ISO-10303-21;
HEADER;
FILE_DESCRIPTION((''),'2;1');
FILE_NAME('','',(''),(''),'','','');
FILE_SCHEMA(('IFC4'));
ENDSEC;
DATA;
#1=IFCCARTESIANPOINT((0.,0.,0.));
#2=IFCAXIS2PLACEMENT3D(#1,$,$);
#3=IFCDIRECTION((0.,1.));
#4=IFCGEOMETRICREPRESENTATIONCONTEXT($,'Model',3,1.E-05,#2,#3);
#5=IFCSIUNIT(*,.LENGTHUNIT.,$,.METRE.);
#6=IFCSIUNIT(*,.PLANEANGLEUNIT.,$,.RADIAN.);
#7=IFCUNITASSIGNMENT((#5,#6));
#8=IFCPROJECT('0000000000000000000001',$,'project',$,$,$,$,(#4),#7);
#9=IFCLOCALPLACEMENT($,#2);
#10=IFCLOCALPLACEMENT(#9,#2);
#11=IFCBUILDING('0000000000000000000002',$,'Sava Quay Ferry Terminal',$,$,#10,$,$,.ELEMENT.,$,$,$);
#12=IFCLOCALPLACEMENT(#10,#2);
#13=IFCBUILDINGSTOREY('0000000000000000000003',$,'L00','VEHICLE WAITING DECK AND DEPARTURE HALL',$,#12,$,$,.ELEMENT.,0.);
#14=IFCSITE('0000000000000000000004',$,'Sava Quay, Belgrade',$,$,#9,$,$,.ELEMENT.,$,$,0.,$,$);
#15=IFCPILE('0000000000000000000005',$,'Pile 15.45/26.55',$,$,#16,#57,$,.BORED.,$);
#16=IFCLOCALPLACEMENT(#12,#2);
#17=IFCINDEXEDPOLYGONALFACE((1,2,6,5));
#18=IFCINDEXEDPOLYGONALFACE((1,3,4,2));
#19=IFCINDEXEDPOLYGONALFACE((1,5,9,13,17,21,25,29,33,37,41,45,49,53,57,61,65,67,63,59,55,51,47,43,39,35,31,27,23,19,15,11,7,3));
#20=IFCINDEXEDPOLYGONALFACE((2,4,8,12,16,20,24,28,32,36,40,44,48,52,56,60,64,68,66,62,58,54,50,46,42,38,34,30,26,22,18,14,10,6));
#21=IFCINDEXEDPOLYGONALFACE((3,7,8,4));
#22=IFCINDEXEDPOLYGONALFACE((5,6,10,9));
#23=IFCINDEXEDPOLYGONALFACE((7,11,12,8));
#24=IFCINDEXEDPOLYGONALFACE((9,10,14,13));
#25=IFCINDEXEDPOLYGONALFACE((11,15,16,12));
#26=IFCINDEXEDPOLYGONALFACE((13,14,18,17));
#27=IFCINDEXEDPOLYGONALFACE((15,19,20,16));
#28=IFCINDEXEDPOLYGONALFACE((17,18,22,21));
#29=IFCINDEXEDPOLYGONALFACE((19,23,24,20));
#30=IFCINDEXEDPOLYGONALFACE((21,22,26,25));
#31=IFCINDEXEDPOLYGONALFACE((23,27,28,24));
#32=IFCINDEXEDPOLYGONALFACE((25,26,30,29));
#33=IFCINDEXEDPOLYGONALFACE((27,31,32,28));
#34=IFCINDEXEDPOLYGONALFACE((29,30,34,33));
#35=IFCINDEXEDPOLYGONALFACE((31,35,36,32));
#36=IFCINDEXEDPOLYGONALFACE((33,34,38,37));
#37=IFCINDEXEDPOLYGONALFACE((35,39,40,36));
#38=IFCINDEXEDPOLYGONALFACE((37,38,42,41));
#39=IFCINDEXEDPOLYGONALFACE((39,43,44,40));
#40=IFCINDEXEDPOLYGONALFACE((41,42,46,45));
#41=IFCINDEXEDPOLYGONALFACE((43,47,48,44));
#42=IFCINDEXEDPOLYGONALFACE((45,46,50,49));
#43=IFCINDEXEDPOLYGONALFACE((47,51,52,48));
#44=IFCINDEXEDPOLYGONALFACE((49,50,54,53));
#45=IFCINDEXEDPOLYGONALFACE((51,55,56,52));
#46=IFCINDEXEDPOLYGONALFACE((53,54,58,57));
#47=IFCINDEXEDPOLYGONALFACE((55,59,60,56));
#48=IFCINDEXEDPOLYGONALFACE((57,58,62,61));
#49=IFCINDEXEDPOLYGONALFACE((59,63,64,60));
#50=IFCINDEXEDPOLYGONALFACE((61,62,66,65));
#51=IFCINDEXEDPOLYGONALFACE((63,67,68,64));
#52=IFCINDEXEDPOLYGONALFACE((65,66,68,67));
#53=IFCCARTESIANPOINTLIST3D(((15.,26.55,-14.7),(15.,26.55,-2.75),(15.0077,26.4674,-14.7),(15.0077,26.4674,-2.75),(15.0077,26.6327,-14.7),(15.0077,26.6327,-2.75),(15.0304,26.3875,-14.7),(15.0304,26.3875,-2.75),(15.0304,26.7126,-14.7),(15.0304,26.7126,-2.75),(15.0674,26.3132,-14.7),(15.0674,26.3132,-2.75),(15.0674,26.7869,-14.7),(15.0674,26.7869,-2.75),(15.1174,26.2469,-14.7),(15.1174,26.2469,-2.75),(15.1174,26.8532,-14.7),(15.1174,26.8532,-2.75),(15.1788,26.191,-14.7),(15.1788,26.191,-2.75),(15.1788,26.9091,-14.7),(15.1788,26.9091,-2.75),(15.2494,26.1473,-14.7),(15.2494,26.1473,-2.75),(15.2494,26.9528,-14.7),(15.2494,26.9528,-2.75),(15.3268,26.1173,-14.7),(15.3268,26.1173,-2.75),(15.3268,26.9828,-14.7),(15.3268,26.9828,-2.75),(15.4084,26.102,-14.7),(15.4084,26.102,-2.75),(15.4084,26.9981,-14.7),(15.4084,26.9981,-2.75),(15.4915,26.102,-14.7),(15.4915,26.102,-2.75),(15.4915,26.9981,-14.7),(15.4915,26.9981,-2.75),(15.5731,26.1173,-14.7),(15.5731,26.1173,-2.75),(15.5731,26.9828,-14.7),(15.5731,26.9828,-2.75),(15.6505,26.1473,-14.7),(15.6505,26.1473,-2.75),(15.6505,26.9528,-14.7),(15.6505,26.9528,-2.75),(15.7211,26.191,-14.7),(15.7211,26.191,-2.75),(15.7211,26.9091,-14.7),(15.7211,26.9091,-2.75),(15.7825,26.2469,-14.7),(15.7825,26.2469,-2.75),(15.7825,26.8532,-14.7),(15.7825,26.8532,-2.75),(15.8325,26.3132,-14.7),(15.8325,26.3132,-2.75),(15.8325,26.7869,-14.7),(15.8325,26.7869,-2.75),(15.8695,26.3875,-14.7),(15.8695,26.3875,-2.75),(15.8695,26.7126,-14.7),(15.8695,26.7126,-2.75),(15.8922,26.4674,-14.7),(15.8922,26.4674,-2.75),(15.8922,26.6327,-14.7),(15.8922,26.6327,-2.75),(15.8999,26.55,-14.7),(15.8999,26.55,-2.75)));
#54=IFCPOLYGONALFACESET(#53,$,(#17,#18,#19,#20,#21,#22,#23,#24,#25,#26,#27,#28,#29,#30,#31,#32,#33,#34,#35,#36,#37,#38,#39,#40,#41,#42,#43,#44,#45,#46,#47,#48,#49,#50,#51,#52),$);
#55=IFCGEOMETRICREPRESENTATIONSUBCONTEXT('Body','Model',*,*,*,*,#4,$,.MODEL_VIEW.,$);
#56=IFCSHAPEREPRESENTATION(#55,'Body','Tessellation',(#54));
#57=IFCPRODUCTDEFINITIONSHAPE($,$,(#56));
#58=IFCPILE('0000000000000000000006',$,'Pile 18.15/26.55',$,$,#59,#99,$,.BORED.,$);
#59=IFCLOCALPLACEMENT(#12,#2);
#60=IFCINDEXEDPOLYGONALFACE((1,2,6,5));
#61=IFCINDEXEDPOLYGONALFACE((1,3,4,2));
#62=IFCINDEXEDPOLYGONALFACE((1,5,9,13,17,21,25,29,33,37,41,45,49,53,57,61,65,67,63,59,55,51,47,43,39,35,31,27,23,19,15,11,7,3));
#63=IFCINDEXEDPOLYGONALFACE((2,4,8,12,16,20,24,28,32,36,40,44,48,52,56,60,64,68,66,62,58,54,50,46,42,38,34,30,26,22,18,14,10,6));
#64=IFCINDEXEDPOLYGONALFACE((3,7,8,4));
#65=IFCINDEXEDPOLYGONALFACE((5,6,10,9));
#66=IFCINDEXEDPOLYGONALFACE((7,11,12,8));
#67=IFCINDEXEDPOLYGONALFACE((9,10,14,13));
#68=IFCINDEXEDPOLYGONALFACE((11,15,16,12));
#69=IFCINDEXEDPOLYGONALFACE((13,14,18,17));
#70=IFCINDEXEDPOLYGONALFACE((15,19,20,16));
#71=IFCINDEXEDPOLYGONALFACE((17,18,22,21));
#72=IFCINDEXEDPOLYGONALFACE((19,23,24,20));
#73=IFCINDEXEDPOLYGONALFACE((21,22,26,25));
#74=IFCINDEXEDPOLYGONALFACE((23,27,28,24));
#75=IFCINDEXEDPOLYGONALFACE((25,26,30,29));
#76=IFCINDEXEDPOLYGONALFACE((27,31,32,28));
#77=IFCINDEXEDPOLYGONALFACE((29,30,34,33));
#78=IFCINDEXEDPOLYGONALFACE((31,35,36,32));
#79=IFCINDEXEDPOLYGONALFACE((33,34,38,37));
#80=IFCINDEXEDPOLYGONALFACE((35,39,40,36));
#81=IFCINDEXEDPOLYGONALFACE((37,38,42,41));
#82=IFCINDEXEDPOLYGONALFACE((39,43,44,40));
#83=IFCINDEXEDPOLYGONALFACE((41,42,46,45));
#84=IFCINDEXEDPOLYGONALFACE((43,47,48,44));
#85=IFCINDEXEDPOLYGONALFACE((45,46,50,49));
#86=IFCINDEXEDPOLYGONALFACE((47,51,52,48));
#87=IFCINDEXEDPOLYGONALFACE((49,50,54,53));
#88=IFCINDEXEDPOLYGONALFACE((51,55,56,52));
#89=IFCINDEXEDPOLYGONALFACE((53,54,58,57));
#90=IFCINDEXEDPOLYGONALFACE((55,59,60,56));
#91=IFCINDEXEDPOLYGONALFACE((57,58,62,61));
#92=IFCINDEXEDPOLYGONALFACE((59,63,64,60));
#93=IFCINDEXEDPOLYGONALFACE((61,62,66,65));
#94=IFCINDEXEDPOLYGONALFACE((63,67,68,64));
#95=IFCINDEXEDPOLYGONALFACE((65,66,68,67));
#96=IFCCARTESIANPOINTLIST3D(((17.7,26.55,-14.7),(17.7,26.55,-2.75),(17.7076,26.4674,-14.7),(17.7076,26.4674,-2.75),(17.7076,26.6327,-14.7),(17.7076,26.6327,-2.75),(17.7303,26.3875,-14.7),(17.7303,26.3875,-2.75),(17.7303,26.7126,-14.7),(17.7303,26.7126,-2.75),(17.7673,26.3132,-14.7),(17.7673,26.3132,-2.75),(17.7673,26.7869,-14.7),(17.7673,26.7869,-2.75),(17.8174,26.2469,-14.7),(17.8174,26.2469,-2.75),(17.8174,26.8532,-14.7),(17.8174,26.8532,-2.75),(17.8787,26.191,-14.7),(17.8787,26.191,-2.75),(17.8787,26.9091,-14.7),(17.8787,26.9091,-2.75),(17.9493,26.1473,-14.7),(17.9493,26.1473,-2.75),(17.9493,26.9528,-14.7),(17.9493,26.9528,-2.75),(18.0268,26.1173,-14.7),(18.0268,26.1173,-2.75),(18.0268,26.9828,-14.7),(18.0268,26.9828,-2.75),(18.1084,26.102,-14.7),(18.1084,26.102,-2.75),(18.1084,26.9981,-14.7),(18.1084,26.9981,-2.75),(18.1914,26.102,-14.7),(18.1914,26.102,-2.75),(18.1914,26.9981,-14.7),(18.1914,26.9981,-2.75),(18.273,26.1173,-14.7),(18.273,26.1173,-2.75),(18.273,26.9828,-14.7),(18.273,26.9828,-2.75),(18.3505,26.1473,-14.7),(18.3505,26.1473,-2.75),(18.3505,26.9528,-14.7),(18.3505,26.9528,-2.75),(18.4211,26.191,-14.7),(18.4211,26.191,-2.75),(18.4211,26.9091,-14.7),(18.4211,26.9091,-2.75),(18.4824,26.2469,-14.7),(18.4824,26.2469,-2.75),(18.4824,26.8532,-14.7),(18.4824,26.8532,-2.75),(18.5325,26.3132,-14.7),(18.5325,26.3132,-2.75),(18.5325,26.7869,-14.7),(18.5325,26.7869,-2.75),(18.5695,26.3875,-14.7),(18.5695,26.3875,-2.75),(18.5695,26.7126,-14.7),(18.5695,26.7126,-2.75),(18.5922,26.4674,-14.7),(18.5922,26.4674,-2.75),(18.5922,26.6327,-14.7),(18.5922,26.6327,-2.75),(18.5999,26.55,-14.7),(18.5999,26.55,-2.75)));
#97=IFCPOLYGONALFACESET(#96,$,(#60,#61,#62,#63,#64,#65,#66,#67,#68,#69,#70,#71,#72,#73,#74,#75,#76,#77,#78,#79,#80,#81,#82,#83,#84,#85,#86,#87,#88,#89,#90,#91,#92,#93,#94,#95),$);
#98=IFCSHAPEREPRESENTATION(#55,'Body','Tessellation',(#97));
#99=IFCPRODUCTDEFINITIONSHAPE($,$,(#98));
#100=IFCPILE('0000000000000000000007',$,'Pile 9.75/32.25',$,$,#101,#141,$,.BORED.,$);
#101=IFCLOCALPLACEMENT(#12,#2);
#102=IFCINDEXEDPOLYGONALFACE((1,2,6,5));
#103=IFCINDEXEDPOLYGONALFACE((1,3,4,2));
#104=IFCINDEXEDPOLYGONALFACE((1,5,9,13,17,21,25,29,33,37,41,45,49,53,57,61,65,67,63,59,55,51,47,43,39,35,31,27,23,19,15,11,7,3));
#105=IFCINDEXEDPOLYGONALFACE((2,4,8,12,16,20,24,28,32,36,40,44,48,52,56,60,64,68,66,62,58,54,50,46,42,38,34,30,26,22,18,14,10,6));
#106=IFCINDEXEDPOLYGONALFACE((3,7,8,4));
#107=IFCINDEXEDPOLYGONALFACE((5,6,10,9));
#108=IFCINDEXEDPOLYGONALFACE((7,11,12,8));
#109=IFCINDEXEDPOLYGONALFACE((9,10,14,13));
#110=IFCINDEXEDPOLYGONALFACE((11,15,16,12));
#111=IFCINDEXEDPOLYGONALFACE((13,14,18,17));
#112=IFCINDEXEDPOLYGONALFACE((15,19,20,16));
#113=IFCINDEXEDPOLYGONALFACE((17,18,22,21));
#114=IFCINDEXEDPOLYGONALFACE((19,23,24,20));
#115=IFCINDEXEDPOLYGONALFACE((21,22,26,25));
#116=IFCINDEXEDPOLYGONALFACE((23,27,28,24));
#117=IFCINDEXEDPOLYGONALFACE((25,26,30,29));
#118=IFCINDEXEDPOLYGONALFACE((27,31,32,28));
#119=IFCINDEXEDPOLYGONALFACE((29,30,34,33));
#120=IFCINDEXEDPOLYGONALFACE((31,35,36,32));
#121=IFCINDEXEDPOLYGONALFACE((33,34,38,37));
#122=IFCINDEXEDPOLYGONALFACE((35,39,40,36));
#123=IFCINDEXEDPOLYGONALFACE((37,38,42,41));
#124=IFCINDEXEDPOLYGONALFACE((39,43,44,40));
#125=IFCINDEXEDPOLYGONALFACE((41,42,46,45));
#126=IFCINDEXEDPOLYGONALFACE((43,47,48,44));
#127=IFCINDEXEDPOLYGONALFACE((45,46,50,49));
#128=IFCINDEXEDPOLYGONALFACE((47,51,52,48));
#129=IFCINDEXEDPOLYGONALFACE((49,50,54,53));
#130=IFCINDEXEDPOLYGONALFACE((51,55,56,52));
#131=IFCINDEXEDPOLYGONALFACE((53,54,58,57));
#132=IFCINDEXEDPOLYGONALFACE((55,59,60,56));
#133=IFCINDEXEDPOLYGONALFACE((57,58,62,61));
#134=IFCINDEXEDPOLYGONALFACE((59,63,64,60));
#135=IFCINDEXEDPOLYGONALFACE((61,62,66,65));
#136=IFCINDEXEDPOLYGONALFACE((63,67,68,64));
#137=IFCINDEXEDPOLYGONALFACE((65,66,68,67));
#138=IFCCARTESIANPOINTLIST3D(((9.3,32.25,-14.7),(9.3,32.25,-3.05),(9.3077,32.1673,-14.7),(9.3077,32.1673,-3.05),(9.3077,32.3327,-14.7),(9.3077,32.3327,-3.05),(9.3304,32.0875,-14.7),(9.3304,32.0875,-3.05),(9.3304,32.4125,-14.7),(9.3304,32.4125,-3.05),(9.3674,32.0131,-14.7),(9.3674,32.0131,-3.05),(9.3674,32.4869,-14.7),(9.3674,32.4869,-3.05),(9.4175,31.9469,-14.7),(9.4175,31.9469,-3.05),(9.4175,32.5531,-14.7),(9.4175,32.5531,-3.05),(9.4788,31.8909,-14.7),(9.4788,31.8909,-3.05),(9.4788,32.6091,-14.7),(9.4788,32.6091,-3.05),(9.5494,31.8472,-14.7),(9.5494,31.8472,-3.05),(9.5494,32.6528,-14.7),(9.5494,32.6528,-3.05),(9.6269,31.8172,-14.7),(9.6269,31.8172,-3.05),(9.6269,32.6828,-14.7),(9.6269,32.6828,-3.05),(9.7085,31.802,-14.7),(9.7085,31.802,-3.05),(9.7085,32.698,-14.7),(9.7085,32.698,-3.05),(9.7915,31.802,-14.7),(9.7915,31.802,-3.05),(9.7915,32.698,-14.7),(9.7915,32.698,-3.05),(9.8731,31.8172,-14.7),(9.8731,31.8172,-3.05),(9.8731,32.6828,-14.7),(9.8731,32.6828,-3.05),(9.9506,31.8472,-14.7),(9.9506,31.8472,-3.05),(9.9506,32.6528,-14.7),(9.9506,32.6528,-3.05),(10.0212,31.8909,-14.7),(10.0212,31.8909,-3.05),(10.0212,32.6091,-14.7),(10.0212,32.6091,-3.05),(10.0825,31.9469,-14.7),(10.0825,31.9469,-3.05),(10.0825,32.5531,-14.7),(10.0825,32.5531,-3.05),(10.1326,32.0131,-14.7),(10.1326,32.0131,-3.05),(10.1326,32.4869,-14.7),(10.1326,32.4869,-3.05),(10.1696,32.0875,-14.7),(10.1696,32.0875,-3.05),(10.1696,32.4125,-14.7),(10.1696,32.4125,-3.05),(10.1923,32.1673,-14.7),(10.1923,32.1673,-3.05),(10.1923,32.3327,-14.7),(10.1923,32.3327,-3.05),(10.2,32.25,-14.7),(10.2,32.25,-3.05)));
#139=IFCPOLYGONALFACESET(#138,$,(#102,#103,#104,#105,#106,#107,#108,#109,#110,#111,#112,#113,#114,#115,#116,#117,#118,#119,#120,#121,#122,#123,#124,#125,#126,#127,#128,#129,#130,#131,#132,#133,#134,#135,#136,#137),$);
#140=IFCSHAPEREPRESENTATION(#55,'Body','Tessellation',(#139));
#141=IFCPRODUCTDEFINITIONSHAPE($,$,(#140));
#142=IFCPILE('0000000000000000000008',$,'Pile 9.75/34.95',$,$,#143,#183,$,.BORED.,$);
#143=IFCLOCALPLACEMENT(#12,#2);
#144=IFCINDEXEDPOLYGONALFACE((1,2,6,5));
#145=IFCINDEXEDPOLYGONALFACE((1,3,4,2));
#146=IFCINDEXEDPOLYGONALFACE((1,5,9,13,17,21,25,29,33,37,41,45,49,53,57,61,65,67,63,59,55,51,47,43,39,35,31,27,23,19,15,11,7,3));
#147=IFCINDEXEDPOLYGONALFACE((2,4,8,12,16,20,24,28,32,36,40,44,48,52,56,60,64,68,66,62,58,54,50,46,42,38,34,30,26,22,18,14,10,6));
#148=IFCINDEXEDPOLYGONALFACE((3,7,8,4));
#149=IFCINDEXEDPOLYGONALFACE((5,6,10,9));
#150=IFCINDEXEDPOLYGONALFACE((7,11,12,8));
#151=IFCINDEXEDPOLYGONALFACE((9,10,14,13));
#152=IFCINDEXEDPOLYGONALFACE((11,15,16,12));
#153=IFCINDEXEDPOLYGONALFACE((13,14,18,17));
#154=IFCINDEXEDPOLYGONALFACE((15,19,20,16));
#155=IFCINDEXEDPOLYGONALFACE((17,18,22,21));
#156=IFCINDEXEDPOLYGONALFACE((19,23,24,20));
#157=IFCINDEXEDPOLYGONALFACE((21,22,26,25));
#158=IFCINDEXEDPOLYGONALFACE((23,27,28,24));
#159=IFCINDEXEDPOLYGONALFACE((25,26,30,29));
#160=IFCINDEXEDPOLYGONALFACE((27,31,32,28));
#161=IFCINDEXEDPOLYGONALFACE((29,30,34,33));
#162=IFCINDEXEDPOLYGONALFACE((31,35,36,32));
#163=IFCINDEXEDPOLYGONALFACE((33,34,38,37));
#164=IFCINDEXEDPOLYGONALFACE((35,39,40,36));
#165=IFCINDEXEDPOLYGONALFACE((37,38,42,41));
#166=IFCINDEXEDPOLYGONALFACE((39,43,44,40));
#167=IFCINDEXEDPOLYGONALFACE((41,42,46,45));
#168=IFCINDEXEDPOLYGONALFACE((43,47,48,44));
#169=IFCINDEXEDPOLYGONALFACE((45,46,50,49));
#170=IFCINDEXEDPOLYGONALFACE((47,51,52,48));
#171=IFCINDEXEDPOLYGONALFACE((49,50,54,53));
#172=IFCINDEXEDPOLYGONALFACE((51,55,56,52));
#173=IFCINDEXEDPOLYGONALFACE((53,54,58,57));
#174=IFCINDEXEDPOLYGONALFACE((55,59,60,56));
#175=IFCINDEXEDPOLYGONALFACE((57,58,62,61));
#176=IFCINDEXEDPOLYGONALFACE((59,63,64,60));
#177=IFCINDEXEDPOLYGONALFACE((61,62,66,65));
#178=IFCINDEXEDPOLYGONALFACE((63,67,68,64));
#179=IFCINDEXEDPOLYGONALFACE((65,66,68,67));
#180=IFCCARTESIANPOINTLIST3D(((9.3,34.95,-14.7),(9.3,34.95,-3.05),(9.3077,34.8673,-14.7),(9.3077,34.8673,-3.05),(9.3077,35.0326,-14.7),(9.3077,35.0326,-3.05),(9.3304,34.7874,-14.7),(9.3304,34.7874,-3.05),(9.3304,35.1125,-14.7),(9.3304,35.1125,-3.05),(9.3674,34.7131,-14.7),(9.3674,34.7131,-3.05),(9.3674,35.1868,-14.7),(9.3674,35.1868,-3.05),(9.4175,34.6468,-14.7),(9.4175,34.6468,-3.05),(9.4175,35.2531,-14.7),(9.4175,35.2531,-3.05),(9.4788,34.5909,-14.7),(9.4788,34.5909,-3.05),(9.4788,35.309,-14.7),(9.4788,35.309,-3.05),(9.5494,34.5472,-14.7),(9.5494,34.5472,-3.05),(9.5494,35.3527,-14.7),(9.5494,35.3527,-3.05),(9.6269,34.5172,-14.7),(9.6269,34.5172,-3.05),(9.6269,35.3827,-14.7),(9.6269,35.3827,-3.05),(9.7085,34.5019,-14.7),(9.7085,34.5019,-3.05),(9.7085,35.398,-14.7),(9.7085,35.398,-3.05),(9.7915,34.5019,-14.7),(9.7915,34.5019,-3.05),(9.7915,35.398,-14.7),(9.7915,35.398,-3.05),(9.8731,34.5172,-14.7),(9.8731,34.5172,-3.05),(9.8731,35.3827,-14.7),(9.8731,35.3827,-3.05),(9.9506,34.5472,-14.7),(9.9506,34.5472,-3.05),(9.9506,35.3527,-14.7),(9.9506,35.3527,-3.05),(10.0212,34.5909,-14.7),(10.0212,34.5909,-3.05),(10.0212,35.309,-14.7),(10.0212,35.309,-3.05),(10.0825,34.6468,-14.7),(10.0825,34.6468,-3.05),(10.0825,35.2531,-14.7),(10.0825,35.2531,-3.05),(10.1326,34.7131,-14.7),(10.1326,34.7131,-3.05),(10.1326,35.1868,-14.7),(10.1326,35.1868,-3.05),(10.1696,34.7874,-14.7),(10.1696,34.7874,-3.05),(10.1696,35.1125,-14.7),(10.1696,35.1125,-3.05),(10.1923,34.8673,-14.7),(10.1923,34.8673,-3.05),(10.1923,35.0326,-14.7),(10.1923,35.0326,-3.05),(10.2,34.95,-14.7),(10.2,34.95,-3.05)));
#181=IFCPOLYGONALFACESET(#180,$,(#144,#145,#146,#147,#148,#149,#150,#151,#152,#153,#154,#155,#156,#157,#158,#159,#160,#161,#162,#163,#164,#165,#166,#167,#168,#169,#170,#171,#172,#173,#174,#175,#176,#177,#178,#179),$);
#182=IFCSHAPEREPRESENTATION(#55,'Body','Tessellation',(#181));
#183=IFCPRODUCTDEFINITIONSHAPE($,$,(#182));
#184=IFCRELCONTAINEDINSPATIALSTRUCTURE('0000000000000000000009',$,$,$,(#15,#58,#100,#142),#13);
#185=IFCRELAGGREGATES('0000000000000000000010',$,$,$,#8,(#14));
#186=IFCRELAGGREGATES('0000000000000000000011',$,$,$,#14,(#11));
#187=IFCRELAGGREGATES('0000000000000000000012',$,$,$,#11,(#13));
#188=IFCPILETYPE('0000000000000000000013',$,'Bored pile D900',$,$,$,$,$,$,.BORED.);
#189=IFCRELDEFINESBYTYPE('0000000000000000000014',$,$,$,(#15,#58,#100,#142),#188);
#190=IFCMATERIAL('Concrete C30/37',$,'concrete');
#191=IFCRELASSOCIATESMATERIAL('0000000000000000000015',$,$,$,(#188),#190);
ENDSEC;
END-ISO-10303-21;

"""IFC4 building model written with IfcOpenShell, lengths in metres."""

from ifc_helpers import new_model, si_unit, direction, frame, origin, origin_2d, place, context, subcontext, project, spatial, circle, extrude, material, material_profile, profile_set, type_object, element, save


model = new_model("IFC4")

# Units and contexts
model_context = context("Model", 3, precision=1e-05, world=origin(), true_north=direction((0.0, 1.0)))
body_context = subcontext(model_context, "Body", "Model", "MODEL_VIEW")
ifc_project = project(units=[si_unit("LENGTHUNIT", "METRE"), si_unit("PLANEANGLEUNIT", "RADIAN")], contexts=[model_context])

# Site, building, storey
site_placement = place(None, origin())
site = spatial("IfcSite", under=ifc_project, at=site_placement, Name="Sava Quay, Belgrade", CompositionType="ELEMENT", RefElevation=0.0)
building_placement = place(site_placement, origin())
building = spatial("IfcBuilding", under=site, at=building_placement, Name="Sava Quay Ferry Terminal", CompositionType="ELEMENT")
storey_placement = place(building_placement, origin())
storey = spatial("IfcBuildingStorey", under=building, at=storey_placement, Name="L00", Description="VEHICLE WAITING DECK AND DEPARTURE HALL", CompositionType="ELEMENT", Elevation=0.0)

# Piles
ifc_material_1 = material(Name="Concrete C30/37", Category="concrete")
ifc_material_profile_1 = material_profile(ifc_material_1, circle(Radius=0.45, at=origin_2d()), Name="Bored pile D900")
ifc_profile_set_1 = profile_set([ifc_material_profile_1], Name="Concrete C30/37")
pile_type = type_object("IfcPileType", Name="Bored pile D900", PredefinedType="BORED", material=ifc_profile_set_1)
for number, where, z_axis, x_axis, name in (
    (1, (15.45, 26.55, -2.75), (0.0, 0.0, -1.0), (1.0, 0.0, 0.0), "Pile 15.45/26.55"),
    (2, (18.1499, 26.55, -2.75), (0.0, 0.0, -1.0), (1.0, 0.0, 0.0), "Pile 18.15/26.55"),
):
    element("IfcPile", number, at=place(storey_placement, frame(where, z_axis=z_axis, x_axis=x_axis)), inside=storey, type_object=pile_type, Name=name, PredefinedType="BORED", context=body_context, shape_type="SweptSolid", body=[
        extrude(circle(Radius=0.45, at=origin_2d()), origin(), (0.0, 0.0, 1.0), 11.95),
    ])
for number, where, z_axis, x_axis, name in (
    (3, (9.75, 32.25, -3.05), (0.0, 0.0, -1.0), (1.0, 0.0, 0.0), "Pile 9.75/32.25"),
    (4, (9.75, 34.95, -3.05), (0.0, 0.0, -1.0), (1.0, 0.0, 0.0), "Pile 9.75/34.95"),
):
    element("IfcPile", number, at=place(storey_placement, frame(where, z_axis=z_axis, x_axis=x_axis)), inside=storey, type_object=pile_type, Name=name, PredefinedType="BORED", context=body_context, shape_type="SweptSolid", body=[
        extrude(circle(Radius=0.45, at=origin_2d()), origin(), (0.0, 0.0, 1.0), 11.6499),
    ])

save(model, "model.ifc")
